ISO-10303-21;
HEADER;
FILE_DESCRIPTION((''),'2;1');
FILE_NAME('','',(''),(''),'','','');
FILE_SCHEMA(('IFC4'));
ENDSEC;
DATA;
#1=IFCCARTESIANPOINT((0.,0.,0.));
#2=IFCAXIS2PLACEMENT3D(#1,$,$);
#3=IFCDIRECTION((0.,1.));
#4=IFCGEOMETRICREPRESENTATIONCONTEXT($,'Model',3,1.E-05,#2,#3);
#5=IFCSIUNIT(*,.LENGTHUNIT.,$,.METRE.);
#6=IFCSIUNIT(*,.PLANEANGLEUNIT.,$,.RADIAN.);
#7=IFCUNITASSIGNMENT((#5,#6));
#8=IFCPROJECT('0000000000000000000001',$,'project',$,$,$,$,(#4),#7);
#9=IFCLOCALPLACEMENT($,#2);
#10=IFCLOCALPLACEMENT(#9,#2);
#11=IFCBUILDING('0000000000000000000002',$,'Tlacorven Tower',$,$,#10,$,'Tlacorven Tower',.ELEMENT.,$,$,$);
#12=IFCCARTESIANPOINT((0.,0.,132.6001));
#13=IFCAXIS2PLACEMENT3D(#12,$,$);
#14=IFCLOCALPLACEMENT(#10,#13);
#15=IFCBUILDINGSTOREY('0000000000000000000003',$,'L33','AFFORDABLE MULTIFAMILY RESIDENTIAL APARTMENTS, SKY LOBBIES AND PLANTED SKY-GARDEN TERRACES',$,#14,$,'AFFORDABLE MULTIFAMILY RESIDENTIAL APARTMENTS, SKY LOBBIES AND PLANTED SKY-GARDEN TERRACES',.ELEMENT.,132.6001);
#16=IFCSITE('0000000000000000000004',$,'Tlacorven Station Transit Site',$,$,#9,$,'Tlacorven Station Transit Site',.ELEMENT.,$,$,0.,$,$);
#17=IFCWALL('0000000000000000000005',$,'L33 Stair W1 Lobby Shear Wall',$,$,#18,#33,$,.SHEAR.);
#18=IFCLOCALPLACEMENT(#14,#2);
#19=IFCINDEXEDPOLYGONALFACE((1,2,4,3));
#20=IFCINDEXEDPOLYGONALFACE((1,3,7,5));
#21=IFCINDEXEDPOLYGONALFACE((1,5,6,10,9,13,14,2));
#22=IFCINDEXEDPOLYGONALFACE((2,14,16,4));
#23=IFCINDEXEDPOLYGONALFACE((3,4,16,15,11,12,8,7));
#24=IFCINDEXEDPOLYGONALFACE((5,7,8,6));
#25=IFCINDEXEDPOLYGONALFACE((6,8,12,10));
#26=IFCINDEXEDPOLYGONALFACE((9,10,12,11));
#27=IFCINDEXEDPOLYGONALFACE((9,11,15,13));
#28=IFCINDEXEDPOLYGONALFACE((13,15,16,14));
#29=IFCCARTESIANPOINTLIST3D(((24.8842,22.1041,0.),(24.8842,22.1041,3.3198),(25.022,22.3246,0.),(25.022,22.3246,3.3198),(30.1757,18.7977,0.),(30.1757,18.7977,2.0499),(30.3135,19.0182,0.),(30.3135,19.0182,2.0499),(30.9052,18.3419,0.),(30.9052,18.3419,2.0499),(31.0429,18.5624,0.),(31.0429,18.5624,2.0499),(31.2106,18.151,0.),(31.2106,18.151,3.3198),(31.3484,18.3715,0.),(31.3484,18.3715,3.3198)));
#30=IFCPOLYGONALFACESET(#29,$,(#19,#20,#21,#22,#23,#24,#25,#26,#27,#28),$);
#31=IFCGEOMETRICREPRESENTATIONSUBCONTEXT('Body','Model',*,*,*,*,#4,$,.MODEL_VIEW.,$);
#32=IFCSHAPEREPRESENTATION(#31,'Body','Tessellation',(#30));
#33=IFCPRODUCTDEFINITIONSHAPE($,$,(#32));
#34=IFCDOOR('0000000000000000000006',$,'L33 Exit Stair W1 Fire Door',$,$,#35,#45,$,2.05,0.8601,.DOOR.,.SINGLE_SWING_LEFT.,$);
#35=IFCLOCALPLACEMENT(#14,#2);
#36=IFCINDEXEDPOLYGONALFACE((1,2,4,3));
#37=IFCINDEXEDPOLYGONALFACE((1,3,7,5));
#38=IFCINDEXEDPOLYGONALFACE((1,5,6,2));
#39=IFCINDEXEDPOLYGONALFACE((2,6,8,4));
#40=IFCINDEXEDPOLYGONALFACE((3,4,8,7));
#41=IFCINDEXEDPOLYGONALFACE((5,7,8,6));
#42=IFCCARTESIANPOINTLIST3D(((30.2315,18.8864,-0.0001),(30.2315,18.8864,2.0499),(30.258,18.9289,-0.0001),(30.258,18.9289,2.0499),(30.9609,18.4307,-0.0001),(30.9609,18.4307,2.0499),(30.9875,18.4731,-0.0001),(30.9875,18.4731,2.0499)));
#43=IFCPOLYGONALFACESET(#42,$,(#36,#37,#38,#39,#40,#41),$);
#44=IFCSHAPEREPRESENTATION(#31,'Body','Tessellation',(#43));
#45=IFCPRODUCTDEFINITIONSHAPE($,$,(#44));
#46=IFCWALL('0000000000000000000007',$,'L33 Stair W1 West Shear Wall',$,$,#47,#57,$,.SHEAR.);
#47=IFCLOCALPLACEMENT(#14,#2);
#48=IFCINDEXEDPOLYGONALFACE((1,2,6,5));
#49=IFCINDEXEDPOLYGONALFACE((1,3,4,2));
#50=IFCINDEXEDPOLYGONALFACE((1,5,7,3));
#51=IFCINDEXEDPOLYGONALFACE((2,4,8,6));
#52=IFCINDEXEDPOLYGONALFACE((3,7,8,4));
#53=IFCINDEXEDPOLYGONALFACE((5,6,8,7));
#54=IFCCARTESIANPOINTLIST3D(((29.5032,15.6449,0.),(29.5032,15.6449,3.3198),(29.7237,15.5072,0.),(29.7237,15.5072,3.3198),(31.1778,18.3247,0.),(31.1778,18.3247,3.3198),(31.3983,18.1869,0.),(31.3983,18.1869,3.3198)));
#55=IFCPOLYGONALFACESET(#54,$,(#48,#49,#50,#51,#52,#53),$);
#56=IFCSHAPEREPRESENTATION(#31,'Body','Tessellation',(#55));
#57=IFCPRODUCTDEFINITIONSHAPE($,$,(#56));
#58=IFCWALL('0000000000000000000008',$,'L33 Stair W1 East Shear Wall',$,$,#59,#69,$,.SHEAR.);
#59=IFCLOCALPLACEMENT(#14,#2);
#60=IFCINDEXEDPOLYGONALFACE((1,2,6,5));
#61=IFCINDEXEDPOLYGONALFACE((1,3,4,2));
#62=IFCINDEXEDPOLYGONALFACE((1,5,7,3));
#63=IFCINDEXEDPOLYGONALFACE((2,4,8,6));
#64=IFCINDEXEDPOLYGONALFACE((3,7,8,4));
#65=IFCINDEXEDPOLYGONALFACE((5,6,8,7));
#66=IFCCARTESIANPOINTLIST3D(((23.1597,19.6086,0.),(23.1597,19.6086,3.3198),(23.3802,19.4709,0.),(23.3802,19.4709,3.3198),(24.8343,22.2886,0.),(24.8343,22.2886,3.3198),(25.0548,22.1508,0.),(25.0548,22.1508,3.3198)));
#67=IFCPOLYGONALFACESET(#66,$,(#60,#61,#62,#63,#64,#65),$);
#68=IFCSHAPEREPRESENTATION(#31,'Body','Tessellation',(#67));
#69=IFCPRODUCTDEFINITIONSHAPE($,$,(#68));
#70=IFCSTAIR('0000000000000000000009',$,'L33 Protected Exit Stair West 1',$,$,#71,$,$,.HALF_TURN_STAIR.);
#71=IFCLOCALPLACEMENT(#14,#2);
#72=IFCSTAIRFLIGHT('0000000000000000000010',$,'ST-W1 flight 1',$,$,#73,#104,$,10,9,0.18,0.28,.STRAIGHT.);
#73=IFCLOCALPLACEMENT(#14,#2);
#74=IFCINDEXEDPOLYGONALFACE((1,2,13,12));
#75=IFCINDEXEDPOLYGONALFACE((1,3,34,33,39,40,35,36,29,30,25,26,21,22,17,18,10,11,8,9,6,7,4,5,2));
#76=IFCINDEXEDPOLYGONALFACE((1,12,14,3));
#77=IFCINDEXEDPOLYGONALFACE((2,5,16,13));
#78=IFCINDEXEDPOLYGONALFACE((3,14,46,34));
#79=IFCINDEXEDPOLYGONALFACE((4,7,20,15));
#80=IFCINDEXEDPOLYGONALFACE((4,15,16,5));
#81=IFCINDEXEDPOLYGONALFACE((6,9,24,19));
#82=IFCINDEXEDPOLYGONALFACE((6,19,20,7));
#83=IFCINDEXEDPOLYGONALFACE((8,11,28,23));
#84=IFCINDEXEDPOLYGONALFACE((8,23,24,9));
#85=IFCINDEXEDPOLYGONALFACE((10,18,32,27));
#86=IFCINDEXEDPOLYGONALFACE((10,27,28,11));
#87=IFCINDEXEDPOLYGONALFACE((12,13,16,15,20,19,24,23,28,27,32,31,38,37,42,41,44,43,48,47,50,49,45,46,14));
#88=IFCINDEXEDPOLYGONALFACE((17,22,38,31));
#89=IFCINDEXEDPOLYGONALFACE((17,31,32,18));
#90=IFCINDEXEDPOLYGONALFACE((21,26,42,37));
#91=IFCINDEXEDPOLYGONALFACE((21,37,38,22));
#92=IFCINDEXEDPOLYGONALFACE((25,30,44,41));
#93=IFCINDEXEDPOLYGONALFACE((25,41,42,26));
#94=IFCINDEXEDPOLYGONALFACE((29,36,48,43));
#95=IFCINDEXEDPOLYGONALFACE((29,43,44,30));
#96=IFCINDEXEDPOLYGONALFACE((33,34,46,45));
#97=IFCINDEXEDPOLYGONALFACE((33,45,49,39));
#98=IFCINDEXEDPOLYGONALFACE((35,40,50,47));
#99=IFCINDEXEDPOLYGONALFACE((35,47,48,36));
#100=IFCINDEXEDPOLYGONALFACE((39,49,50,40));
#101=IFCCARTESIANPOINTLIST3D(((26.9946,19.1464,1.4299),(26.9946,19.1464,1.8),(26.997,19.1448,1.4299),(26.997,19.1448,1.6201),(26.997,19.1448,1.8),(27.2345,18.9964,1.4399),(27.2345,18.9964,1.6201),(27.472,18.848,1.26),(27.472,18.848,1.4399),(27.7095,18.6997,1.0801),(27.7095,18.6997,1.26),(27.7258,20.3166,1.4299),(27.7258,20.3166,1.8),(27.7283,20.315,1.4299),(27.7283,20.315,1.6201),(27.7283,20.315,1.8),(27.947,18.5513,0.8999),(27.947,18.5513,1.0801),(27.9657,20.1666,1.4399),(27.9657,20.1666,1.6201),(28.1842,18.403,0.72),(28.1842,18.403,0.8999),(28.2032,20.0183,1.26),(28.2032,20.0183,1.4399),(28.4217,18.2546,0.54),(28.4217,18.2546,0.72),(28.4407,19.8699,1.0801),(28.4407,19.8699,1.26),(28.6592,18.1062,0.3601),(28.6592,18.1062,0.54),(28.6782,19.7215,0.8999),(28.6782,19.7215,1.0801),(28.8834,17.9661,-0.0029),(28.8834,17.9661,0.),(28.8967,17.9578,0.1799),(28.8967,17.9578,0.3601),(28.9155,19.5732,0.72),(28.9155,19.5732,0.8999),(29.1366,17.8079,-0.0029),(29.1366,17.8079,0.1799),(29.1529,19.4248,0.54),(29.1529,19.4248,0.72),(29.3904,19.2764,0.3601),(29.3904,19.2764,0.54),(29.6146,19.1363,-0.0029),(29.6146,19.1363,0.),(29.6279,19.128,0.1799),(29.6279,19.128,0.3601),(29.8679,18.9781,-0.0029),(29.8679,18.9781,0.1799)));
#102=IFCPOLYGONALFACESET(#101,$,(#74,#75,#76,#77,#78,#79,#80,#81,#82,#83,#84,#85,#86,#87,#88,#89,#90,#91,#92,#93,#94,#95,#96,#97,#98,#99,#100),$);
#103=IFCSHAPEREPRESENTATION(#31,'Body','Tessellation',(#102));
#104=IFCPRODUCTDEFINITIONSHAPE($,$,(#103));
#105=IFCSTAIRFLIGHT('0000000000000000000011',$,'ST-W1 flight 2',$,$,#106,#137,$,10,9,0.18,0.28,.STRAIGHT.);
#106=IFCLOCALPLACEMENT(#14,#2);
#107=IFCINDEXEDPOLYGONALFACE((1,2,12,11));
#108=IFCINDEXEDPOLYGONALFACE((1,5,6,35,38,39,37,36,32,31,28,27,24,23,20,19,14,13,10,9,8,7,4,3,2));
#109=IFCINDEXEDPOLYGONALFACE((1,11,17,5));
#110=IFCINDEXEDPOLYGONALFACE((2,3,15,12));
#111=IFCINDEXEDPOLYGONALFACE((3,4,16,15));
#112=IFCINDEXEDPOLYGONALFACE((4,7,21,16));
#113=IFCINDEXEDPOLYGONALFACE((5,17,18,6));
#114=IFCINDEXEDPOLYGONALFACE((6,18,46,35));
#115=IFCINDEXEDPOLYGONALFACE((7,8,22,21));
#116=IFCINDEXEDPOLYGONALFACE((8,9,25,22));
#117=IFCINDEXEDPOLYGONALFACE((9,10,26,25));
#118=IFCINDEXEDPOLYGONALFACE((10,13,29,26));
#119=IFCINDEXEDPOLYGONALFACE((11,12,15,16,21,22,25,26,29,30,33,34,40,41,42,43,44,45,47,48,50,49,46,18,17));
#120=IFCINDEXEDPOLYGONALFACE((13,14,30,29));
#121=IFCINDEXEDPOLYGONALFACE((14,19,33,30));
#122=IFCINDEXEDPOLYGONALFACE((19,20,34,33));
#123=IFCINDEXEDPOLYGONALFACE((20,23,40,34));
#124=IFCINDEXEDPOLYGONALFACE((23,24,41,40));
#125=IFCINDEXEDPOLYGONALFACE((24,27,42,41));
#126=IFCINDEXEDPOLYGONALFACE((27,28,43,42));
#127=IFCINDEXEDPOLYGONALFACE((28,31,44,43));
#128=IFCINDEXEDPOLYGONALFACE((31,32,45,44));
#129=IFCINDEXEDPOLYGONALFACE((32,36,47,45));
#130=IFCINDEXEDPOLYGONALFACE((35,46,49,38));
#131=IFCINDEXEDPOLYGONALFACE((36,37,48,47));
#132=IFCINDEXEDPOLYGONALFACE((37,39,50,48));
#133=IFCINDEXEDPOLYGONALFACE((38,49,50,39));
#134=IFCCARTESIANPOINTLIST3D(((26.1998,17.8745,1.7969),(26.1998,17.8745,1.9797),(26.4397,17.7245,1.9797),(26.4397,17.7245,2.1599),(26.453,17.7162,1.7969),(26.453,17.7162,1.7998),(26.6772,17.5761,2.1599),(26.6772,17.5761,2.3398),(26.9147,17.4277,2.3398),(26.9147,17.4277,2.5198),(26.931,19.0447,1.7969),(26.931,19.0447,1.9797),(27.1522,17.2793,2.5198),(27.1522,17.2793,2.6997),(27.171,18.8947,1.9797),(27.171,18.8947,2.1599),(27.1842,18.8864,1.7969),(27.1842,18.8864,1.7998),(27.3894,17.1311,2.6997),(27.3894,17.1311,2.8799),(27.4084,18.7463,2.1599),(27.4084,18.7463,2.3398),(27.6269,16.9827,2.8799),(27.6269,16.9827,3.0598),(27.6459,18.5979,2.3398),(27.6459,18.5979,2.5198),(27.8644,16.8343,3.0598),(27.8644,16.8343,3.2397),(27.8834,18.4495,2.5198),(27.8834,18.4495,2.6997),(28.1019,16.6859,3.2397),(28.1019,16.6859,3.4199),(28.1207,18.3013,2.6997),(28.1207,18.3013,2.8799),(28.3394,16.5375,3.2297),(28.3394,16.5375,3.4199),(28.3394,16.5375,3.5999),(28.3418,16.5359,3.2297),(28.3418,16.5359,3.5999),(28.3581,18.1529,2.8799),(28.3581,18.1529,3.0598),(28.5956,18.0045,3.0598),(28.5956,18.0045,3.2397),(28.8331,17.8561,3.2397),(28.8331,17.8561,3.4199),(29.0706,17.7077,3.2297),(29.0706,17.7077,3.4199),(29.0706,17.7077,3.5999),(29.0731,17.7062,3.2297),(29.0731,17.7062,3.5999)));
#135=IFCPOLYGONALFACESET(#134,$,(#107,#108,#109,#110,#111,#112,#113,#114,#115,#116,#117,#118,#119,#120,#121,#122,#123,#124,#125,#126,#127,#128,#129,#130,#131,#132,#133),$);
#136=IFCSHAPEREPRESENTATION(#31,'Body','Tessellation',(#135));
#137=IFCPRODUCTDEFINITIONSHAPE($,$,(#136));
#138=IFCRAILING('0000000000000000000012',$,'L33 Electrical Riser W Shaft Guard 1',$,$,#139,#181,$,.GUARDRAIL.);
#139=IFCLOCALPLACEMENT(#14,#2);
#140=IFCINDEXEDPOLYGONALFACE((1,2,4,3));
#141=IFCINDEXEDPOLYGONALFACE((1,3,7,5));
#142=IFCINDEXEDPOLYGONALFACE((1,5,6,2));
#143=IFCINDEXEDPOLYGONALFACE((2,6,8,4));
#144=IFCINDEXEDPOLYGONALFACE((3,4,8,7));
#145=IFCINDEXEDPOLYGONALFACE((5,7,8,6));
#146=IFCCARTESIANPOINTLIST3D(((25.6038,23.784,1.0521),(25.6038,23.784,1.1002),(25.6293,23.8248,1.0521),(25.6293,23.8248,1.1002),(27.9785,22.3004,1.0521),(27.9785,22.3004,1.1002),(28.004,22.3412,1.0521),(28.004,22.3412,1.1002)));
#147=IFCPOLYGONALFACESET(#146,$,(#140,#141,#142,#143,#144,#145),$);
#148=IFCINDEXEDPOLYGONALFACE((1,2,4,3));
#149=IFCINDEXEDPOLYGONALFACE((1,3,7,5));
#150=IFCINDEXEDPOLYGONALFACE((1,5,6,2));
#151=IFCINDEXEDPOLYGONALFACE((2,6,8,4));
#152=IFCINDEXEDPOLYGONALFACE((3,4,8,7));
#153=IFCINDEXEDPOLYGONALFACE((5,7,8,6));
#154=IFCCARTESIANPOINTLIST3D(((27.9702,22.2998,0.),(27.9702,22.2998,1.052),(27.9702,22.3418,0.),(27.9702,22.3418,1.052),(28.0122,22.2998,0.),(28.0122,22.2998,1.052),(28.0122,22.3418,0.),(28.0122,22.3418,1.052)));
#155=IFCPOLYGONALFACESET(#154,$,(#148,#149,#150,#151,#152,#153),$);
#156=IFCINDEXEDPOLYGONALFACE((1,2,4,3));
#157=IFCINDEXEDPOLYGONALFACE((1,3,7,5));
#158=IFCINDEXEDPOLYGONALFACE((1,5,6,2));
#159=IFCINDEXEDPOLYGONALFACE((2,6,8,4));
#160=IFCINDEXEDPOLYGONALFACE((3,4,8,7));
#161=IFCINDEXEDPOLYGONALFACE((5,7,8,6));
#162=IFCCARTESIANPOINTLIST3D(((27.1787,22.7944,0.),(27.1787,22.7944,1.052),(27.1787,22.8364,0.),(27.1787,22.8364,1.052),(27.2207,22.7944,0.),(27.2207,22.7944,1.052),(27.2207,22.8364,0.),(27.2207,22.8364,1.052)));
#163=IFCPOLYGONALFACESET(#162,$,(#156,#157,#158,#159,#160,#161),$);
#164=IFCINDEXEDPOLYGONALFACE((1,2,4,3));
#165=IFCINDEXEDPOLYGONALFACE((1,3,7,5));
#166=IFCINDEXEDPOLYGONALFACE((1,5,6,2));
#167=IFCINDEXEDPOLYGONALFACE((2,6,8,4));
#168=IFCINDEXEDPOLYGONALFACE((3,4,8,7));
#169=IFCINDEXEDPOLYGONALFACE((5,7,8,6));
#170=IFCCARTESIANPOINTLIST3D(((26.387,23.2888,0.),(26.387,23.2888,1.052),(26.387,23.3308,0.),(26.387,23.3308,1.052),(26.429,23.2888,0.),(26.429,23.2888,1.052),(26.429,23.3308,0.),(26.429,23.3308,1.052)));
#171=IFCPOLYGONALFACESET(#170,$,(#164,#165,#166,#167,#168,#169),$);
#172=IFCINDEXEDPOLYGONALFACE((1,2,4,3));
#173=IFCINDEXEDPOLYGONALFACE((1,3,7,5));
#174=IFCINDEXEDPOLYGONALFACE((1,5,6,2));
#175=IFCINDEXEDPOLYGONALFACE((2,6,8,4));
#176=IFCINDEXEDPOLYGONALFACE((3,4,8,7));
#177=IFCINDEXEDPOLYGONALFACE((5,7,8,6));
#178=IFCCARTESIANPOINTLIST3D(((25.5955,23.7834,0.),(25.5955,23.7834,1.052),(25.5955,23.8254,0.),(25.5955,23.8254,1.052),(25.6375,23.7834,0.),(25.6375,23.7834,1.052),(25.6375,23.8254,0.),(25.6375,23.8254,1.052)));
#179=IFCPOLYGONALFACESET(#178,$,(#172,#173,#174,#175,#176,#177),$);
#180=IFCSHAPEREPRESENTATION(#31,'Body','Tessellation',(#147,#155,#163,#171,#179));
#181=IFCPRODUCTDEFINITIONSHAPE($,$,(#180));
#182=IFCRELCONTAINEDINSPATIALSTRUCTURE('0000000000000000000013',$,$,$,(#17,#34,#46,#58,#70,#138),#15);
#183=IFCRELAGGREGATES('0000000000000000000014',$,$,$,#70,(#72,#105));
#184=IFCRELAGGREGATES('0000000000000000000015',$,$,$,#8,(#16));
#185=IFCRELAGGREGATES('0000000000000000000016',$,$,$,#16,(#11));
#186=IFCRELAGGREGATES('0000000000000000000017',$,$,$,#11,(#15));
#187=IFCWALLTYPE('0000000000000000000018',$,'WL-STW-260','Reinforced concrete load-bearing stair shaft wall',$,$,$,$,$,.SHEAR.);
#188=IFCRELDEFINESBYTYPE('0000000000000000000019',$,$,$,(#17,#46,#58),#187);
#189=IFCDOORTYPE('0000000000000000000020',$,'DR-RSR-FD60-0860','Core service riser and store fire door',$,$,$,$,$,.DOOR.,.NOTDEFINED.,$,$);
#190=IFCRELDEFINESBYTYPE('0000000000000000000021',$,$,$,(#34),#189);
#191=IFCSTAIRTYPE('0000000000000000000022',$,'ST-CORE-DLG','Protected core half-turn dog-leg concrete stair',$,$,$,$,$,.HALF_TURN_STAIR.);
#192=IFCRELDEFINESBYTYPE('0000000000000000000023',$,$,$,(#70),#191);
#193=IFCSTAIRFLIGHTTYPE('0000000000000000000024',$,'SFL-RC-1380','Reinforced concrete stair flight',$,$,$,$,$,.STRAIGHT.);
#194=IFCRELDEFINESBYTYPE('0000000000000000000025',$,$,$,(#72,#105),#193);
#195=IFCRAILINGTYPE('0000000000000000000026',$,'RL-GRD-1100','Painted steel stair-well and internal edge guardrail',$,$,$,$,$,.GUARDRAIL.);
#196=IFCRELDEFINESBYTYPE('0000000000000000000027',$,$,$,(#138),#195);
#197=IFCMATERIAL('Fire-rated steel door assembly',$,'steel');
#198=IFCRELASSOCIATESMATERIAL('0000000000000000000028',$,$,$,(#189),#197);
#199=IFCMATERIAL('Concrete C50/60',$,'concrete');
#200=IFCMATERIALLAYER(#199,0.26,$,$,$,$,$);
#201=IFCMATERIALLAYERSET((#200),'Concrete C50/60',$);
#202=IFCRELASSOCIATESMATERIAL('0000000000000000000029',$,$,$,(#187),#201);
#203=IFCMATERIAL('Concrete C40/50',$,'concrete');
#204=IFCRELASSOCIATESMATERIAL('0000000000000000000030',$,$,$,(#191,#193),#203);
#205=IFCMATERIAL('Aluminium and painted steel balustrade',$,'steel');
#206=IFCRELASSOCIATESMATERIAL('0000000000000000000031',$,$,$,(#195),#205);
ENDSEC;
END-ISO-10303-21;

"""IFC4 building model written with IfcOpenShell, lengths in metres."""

from ifc_helpers import new_model, si_unit, direction, frame, frame_2d, origin, origin_2d, place, context, subcontext, project, spatial, polyline, rectangle, outline, extrude, source, transform, mapped, material, layer, layer_set, type_object, element, fill, aggregate, save


model = new_model("IFC4")

# Units and contexts
model_context = context("Model", 3, precision=1e-05, world=origin(), true_north=direction((0.0, 1.0)))
body_context = subcontext(model_context, "Body", "Model", "MODEL_VIEW")
ifc_project = project(units=[si_unit("LENGTHUNIT", "METRE"), si_unit("PLANEANGLEUNIT", "RADIAN")], contexts=[model_context])

# Site, building, storey
site_placement = place(None, origin())
site = spatial("IfcSite", under=ifc_project, at=site_placement, Name="Tlacorven Station Transit Site", LongName="Tlacorven Station Transit Site", CompositionType="ELEMENT", RefElevation=0.0)
building_placement = place(site_placement, origin())
building = spatial("IfcBuilding", under=site, at=building_placement, Name="Tlacorven Tower", LongName="Tlacorven Tower", CompositionType="ELEMENT")
storey_placement = place(building_placement, frame((0.0, 0.0, 132.6001)))
storey = spatial("IfcBuildingStorey", under=building, at=storey_placement, Name="L33", Description="AFFORDABLE MULTIFAMILY RESIDENTIAL APARTMENTS, SKY LOBBIES AND PLANTED SKY-GARDEN TERRACES", LongName="AFFORDABLE MULTIFAMILY RESIDENTIAL APARTMENTS, SKY LOBBIES AND PLANTED SKY-GARDEN TERRACES", CompositionType="ELEMENT", Elevation=132.6001)

# Shared definitions
ifc_material_1 = material(Name="Concrete C40/50", Category="concrete")
ifc_material_2 = material(Name="Fire-rated steel door assembly", Category="steel")

# Shared definitions
door_type_1 = type_object("IfcDoorType", Name="DR-RSR-FD60-0860", Description="Core service riser and store fire door", OperationType="NOTDEFINED", PredefinedType="DOOR", material=ifc_material_2)
shared_shape_1 = source(origin(), body_context, "Body", "SweptSolid", [
    extrude(rectangle(XDim=0.8601, YDim=2.05, at=frame_2d((0.4302, 1.0249))), frame((0.0, 0.0249, 0.0), z_axis=(0.0, -1.0, 0.0), x_axis=(1.0, 0.0, 0.0)), (0.0, 0.0, 1.0), 0.05),
])

# Wall, opening, door
ifc_material_3 = material(Name="Concrete C50/60", Category="concrete")
ifc_layer_1 = layer(ifc_material_3, 0.26)
ifc_layer_set_1 = layer_set([ifc_layer_1], Name="Concrete C50/60")
wall_type_1 = type_object("IfcWallType", Name="WL-STW-260", Description="Reinforced concrete load-bearing stair shaft wall", PredefinedType="SHEAR", material=ifc_layer_set_1)
wall_1_placement = place(storey_placement, frame((31.2795, 18.2612, 0.0), z_axis=(0.0, 0.0, 1.0), x_axis=(-0.848052, 0.529914, 0.0)))
wall_1 = element("IfcWall", 1, at=wall_1_placement, inside=storey, type_object=wall_type_1, Name="L33 Stair W1 Lobby Shear Wall", PredefinedType="SHEAR", context=body_context, shape_type="SweptSolid", body=[
    extrude(rectangle(XDim=7.46, YDim=0.26, at=frame_2d((3.73, 0.0))), origin(), (0.0, 0.0, 1.0), 3.3198),
])
opening_1_placement = place(wall_1_placement, frame((0.3601, 0.0, 0.0)))
opening_1 = element("IfcOpeningElement", 2, at=opening_1_placement, cuts=wall_1, PredefinedType="OPENING", context=body_context, shape_type="SweptSolid", body=[
    extrude(rectangle(XDim=0.8601, YDim=2.05, at=frame_2d((0.4302, 1.0249))), frame((0.0, 0.1401, 0.0), z_axis=(0.0, -1.0, 0.0), x_axis=(1.0, 0.0, 0.0)), (0.0, 0.0, 1.0), 0.28),
])
door_1_placement = place(opening_1_placement, frame((0.8601, 0.0, 0.0), z_axis=(0.0, 0.0, 1.0), x_axis=(-1.0, 0.0, 0.0)))
door_1 = element("IfcDoor", 3, at=door_1_placement, inside=storey, type_object=door_type_1, Name="L33 Exit Stair W1 Fire Door", OperationType="SINGLE_SWING_LEFT", OverallHeight=2.05, OverallWidth=0.8601, PredefinedType="DOOR", context=body_context, shape_type="MappedRepresentation", body=[
    mapped(shared_shape_1, transform((0.0, 0.0, 0.0), scale=1.0)),
])
fill(opening_1, door_1)

# Walls
wall_2_placement = place(storey_placement, frame((31.2881, 18.2559, 0.0), z_axis=(0.0, 0.0, 1.0), x_axis=(-0.529943, -0.848033, 0.0)))
element("IfcWall", 4, at=wall_2_placement, inside=storey, type_object=wall_type_1, Name="L33 Stair W1 West Shear Wall", PredefinedType="SHEAR", context=body_context, shape_type="SweptSolid", body=[
    extrude(rectangle(XDim=3.1599, YDim=0.26, at=frame_2d((1.5801, 0.0))), origin(), (0.0, 0.0, 1.0), 3.3198),
])
wall_3_placement = place(storey_placement, frame((24.9446, 22.2197, 0.0), z_axis=(0.0, 0.0, 1.0), x_axis=(-0.529909, -0.848055, 0.0)))
element("IfcWall", 5, at=wall_3_placement, inside=storey, type_object=wall_type_1, Name="L33 Stair W1 East Shear Wall", PredefinedType="SHEAR", context=body_context, shape_type="SweptSolid", body=[
    extrude(rectangle(XDim=3.1602, YDim=0.26, at=frame_2d((1.5801, 0.0))), origin(), (0.0, 0.0, 1.0), 3.3198),
])

# Stair, stair flights
stair_type = type_object("IfcStairType", Name="ST-CORE-DLG", Description="Protected core half-turn dog-leg concrete stair", PredefinedType="HALF_TURN_STAIR", material=ifc_material_1)
stair_placement = place(storey_placement, origin())
stair = element("IfcStair", 6, at=stair_placement, inside=storey, type_object=stair_type, Name="L33 Protected Exit Stair West 1", PredefinedType="HALF_TURN_STAIR")
stair_flight_type = type_object("IfcStairFlightType", Name="SFL-RC-1380", Description="Reinforced concrete stair flight", PredefinedType="STRAIGHT", material=ifc_material_1)
shared_shape_2 = source(origin(), body_context, "Body", "SweptSolid", [
    extrude(outline(polyline([(-0.0029, -0.0029), (-0.0029, 0.1799), (0.28, 0.1799), (0.28, 0.3601), (0.5601, 0.3601), (0.5601, 0.54), (0.8401, 0.54), (0.8401, 0.72), (1.1201, 0.72), (1.1201, 0.8999), (1.3999, 0.8999), (1.3999, 1.0801), (1.6799, 1.0801), (1.6799, 1.26), (1.96, 1.26), (1.96, 1.4399), (2.24, 1.4399), (2.24, 1.6201), (2.52, 1.6201), (2.52, 1.8), (2.5229, 1.8), (2.5229, 1.4299), (2.52, 1.4299), (0.2957, 0.0), (0.2957, -0.0029), (-0.0029, -0.0029)])), frame((0.0, 0.6899, 0.0), z_axis=(0.0, -1.0, 0.0), x_axis=(1.0, 0.0, 0.0)), (0.0, 0.0, 1.0), 1.3799),
])
stair_flight_1_placement = place(storey_placement, frame((29.4998, 18.3945, 0.0), z_axis=(0.0, 0.0, 1.0), x_axis=(-0.848048, 0.529919, 0.0)))
stair_flight_1 = element("IfcStairFlight", 7, at=stair_flight_1_placement, type_object=stair_flight_type, Name="ST-W1 flight 1", NumberOfRisers=10, NumberOfTreads=9, PredefinedType="STRAIGHT", RiserHeight=0.18, TreadLength=0.28, context=body_context, shape_type="MappedRepresentation", body=[
    mapped(shared_shape_2, transform((0.0, 0.0, 0.0), scale=1.0)),
])
stair_flight_2_placement = place(storey_placement, frame((26.5679, 18.458, 1.7998), z_axis=(0.0, 0.0, 1.0), x_axis=(0.848048, -0.529919, 0.0)))
stair_flight_2 = element("IfcStairFlight", 8, at=stair_flight_2_placement, type_object=stair_flight_type, Name="ST-W1 flight 2", NumberOfRisers=10, NumberOfTreads=9, PredefinedType="STRAIGHT", RiserHeight=0.18, TreadLength=0.28, context=body_context, shape_type="MappedRepresentation", body=[
    mapped(shared_shape_2, transform((0.0, 0.0, 0.0), scale=1.0)),
])
aggregate(stair, [stair_flight_1, stair_flight_2])

# Railing
ifc_material_4 = material(Name="Aluminium and painted steel balustrade", Category="steel")
railing_type_1 = type_object("IfcRailingType", Name="RL-GRD-1100", Description="Painted steel stair-well and internal edge guardrail", PredefinedType="GUARDRAIL", material=ifc_material_4)
shared_shape_3 = source(origin(), body_context, "Body", "SweptSolid", [
    extrude(rectangle(XDim=0.0481, YDim=0.0481, at=origin_2d()), frame((0.0, 0.0, 1.0762), z_axis=(-0.848091, 0.52985, 0.0), x_axis=(-0.52985, -0.848091, 0.0)), (0.0, 0.0, 1.0), 2.8),
    extrude(rectangle(XDim=0.042, YDim=0.042, at=origin_2d()), origin(), (0.0, 0.0, 1.0), 1.052),
    extrude(rectangle(XDim=0.042, YDim=0.042, at=origin_2d()), frame((-0.7915, 0.4946, 0.0)), (0.0, 0.0, 1.0), 1.052),
    extrude(rectangle(XDim=0.042, YDim=0.042, at=origin_2d()), frame((-1.5833, 0.989, 0.0)), (0.0, 0.0, 1.0), 1.052),
    extrude(rectangle(XDim=0.042, YDim=0.042, at=origin_2d()), frame((-2.3748, 1.4836, 0.0)), (0.0, 0.0, 1.0), 1.052),
])
railing_1_placement = place(storey_placement, frame((27.9912, 22.3208, 0.0)))
element("IfcRailing", 9, at=railing_1_placement, inside=storey, type_object=railing_type_1, Name="L33 Electrical Riser W Shaft Guard 1", PredefinedType="GUARDRAIL", context=body_context, shape_type="MappedRepresentation", body=[
    mapped(shared_shape_3, transform((0.0, 0.0, 0.0), scale=1.0)),
])

save(model, "model.ifc")
